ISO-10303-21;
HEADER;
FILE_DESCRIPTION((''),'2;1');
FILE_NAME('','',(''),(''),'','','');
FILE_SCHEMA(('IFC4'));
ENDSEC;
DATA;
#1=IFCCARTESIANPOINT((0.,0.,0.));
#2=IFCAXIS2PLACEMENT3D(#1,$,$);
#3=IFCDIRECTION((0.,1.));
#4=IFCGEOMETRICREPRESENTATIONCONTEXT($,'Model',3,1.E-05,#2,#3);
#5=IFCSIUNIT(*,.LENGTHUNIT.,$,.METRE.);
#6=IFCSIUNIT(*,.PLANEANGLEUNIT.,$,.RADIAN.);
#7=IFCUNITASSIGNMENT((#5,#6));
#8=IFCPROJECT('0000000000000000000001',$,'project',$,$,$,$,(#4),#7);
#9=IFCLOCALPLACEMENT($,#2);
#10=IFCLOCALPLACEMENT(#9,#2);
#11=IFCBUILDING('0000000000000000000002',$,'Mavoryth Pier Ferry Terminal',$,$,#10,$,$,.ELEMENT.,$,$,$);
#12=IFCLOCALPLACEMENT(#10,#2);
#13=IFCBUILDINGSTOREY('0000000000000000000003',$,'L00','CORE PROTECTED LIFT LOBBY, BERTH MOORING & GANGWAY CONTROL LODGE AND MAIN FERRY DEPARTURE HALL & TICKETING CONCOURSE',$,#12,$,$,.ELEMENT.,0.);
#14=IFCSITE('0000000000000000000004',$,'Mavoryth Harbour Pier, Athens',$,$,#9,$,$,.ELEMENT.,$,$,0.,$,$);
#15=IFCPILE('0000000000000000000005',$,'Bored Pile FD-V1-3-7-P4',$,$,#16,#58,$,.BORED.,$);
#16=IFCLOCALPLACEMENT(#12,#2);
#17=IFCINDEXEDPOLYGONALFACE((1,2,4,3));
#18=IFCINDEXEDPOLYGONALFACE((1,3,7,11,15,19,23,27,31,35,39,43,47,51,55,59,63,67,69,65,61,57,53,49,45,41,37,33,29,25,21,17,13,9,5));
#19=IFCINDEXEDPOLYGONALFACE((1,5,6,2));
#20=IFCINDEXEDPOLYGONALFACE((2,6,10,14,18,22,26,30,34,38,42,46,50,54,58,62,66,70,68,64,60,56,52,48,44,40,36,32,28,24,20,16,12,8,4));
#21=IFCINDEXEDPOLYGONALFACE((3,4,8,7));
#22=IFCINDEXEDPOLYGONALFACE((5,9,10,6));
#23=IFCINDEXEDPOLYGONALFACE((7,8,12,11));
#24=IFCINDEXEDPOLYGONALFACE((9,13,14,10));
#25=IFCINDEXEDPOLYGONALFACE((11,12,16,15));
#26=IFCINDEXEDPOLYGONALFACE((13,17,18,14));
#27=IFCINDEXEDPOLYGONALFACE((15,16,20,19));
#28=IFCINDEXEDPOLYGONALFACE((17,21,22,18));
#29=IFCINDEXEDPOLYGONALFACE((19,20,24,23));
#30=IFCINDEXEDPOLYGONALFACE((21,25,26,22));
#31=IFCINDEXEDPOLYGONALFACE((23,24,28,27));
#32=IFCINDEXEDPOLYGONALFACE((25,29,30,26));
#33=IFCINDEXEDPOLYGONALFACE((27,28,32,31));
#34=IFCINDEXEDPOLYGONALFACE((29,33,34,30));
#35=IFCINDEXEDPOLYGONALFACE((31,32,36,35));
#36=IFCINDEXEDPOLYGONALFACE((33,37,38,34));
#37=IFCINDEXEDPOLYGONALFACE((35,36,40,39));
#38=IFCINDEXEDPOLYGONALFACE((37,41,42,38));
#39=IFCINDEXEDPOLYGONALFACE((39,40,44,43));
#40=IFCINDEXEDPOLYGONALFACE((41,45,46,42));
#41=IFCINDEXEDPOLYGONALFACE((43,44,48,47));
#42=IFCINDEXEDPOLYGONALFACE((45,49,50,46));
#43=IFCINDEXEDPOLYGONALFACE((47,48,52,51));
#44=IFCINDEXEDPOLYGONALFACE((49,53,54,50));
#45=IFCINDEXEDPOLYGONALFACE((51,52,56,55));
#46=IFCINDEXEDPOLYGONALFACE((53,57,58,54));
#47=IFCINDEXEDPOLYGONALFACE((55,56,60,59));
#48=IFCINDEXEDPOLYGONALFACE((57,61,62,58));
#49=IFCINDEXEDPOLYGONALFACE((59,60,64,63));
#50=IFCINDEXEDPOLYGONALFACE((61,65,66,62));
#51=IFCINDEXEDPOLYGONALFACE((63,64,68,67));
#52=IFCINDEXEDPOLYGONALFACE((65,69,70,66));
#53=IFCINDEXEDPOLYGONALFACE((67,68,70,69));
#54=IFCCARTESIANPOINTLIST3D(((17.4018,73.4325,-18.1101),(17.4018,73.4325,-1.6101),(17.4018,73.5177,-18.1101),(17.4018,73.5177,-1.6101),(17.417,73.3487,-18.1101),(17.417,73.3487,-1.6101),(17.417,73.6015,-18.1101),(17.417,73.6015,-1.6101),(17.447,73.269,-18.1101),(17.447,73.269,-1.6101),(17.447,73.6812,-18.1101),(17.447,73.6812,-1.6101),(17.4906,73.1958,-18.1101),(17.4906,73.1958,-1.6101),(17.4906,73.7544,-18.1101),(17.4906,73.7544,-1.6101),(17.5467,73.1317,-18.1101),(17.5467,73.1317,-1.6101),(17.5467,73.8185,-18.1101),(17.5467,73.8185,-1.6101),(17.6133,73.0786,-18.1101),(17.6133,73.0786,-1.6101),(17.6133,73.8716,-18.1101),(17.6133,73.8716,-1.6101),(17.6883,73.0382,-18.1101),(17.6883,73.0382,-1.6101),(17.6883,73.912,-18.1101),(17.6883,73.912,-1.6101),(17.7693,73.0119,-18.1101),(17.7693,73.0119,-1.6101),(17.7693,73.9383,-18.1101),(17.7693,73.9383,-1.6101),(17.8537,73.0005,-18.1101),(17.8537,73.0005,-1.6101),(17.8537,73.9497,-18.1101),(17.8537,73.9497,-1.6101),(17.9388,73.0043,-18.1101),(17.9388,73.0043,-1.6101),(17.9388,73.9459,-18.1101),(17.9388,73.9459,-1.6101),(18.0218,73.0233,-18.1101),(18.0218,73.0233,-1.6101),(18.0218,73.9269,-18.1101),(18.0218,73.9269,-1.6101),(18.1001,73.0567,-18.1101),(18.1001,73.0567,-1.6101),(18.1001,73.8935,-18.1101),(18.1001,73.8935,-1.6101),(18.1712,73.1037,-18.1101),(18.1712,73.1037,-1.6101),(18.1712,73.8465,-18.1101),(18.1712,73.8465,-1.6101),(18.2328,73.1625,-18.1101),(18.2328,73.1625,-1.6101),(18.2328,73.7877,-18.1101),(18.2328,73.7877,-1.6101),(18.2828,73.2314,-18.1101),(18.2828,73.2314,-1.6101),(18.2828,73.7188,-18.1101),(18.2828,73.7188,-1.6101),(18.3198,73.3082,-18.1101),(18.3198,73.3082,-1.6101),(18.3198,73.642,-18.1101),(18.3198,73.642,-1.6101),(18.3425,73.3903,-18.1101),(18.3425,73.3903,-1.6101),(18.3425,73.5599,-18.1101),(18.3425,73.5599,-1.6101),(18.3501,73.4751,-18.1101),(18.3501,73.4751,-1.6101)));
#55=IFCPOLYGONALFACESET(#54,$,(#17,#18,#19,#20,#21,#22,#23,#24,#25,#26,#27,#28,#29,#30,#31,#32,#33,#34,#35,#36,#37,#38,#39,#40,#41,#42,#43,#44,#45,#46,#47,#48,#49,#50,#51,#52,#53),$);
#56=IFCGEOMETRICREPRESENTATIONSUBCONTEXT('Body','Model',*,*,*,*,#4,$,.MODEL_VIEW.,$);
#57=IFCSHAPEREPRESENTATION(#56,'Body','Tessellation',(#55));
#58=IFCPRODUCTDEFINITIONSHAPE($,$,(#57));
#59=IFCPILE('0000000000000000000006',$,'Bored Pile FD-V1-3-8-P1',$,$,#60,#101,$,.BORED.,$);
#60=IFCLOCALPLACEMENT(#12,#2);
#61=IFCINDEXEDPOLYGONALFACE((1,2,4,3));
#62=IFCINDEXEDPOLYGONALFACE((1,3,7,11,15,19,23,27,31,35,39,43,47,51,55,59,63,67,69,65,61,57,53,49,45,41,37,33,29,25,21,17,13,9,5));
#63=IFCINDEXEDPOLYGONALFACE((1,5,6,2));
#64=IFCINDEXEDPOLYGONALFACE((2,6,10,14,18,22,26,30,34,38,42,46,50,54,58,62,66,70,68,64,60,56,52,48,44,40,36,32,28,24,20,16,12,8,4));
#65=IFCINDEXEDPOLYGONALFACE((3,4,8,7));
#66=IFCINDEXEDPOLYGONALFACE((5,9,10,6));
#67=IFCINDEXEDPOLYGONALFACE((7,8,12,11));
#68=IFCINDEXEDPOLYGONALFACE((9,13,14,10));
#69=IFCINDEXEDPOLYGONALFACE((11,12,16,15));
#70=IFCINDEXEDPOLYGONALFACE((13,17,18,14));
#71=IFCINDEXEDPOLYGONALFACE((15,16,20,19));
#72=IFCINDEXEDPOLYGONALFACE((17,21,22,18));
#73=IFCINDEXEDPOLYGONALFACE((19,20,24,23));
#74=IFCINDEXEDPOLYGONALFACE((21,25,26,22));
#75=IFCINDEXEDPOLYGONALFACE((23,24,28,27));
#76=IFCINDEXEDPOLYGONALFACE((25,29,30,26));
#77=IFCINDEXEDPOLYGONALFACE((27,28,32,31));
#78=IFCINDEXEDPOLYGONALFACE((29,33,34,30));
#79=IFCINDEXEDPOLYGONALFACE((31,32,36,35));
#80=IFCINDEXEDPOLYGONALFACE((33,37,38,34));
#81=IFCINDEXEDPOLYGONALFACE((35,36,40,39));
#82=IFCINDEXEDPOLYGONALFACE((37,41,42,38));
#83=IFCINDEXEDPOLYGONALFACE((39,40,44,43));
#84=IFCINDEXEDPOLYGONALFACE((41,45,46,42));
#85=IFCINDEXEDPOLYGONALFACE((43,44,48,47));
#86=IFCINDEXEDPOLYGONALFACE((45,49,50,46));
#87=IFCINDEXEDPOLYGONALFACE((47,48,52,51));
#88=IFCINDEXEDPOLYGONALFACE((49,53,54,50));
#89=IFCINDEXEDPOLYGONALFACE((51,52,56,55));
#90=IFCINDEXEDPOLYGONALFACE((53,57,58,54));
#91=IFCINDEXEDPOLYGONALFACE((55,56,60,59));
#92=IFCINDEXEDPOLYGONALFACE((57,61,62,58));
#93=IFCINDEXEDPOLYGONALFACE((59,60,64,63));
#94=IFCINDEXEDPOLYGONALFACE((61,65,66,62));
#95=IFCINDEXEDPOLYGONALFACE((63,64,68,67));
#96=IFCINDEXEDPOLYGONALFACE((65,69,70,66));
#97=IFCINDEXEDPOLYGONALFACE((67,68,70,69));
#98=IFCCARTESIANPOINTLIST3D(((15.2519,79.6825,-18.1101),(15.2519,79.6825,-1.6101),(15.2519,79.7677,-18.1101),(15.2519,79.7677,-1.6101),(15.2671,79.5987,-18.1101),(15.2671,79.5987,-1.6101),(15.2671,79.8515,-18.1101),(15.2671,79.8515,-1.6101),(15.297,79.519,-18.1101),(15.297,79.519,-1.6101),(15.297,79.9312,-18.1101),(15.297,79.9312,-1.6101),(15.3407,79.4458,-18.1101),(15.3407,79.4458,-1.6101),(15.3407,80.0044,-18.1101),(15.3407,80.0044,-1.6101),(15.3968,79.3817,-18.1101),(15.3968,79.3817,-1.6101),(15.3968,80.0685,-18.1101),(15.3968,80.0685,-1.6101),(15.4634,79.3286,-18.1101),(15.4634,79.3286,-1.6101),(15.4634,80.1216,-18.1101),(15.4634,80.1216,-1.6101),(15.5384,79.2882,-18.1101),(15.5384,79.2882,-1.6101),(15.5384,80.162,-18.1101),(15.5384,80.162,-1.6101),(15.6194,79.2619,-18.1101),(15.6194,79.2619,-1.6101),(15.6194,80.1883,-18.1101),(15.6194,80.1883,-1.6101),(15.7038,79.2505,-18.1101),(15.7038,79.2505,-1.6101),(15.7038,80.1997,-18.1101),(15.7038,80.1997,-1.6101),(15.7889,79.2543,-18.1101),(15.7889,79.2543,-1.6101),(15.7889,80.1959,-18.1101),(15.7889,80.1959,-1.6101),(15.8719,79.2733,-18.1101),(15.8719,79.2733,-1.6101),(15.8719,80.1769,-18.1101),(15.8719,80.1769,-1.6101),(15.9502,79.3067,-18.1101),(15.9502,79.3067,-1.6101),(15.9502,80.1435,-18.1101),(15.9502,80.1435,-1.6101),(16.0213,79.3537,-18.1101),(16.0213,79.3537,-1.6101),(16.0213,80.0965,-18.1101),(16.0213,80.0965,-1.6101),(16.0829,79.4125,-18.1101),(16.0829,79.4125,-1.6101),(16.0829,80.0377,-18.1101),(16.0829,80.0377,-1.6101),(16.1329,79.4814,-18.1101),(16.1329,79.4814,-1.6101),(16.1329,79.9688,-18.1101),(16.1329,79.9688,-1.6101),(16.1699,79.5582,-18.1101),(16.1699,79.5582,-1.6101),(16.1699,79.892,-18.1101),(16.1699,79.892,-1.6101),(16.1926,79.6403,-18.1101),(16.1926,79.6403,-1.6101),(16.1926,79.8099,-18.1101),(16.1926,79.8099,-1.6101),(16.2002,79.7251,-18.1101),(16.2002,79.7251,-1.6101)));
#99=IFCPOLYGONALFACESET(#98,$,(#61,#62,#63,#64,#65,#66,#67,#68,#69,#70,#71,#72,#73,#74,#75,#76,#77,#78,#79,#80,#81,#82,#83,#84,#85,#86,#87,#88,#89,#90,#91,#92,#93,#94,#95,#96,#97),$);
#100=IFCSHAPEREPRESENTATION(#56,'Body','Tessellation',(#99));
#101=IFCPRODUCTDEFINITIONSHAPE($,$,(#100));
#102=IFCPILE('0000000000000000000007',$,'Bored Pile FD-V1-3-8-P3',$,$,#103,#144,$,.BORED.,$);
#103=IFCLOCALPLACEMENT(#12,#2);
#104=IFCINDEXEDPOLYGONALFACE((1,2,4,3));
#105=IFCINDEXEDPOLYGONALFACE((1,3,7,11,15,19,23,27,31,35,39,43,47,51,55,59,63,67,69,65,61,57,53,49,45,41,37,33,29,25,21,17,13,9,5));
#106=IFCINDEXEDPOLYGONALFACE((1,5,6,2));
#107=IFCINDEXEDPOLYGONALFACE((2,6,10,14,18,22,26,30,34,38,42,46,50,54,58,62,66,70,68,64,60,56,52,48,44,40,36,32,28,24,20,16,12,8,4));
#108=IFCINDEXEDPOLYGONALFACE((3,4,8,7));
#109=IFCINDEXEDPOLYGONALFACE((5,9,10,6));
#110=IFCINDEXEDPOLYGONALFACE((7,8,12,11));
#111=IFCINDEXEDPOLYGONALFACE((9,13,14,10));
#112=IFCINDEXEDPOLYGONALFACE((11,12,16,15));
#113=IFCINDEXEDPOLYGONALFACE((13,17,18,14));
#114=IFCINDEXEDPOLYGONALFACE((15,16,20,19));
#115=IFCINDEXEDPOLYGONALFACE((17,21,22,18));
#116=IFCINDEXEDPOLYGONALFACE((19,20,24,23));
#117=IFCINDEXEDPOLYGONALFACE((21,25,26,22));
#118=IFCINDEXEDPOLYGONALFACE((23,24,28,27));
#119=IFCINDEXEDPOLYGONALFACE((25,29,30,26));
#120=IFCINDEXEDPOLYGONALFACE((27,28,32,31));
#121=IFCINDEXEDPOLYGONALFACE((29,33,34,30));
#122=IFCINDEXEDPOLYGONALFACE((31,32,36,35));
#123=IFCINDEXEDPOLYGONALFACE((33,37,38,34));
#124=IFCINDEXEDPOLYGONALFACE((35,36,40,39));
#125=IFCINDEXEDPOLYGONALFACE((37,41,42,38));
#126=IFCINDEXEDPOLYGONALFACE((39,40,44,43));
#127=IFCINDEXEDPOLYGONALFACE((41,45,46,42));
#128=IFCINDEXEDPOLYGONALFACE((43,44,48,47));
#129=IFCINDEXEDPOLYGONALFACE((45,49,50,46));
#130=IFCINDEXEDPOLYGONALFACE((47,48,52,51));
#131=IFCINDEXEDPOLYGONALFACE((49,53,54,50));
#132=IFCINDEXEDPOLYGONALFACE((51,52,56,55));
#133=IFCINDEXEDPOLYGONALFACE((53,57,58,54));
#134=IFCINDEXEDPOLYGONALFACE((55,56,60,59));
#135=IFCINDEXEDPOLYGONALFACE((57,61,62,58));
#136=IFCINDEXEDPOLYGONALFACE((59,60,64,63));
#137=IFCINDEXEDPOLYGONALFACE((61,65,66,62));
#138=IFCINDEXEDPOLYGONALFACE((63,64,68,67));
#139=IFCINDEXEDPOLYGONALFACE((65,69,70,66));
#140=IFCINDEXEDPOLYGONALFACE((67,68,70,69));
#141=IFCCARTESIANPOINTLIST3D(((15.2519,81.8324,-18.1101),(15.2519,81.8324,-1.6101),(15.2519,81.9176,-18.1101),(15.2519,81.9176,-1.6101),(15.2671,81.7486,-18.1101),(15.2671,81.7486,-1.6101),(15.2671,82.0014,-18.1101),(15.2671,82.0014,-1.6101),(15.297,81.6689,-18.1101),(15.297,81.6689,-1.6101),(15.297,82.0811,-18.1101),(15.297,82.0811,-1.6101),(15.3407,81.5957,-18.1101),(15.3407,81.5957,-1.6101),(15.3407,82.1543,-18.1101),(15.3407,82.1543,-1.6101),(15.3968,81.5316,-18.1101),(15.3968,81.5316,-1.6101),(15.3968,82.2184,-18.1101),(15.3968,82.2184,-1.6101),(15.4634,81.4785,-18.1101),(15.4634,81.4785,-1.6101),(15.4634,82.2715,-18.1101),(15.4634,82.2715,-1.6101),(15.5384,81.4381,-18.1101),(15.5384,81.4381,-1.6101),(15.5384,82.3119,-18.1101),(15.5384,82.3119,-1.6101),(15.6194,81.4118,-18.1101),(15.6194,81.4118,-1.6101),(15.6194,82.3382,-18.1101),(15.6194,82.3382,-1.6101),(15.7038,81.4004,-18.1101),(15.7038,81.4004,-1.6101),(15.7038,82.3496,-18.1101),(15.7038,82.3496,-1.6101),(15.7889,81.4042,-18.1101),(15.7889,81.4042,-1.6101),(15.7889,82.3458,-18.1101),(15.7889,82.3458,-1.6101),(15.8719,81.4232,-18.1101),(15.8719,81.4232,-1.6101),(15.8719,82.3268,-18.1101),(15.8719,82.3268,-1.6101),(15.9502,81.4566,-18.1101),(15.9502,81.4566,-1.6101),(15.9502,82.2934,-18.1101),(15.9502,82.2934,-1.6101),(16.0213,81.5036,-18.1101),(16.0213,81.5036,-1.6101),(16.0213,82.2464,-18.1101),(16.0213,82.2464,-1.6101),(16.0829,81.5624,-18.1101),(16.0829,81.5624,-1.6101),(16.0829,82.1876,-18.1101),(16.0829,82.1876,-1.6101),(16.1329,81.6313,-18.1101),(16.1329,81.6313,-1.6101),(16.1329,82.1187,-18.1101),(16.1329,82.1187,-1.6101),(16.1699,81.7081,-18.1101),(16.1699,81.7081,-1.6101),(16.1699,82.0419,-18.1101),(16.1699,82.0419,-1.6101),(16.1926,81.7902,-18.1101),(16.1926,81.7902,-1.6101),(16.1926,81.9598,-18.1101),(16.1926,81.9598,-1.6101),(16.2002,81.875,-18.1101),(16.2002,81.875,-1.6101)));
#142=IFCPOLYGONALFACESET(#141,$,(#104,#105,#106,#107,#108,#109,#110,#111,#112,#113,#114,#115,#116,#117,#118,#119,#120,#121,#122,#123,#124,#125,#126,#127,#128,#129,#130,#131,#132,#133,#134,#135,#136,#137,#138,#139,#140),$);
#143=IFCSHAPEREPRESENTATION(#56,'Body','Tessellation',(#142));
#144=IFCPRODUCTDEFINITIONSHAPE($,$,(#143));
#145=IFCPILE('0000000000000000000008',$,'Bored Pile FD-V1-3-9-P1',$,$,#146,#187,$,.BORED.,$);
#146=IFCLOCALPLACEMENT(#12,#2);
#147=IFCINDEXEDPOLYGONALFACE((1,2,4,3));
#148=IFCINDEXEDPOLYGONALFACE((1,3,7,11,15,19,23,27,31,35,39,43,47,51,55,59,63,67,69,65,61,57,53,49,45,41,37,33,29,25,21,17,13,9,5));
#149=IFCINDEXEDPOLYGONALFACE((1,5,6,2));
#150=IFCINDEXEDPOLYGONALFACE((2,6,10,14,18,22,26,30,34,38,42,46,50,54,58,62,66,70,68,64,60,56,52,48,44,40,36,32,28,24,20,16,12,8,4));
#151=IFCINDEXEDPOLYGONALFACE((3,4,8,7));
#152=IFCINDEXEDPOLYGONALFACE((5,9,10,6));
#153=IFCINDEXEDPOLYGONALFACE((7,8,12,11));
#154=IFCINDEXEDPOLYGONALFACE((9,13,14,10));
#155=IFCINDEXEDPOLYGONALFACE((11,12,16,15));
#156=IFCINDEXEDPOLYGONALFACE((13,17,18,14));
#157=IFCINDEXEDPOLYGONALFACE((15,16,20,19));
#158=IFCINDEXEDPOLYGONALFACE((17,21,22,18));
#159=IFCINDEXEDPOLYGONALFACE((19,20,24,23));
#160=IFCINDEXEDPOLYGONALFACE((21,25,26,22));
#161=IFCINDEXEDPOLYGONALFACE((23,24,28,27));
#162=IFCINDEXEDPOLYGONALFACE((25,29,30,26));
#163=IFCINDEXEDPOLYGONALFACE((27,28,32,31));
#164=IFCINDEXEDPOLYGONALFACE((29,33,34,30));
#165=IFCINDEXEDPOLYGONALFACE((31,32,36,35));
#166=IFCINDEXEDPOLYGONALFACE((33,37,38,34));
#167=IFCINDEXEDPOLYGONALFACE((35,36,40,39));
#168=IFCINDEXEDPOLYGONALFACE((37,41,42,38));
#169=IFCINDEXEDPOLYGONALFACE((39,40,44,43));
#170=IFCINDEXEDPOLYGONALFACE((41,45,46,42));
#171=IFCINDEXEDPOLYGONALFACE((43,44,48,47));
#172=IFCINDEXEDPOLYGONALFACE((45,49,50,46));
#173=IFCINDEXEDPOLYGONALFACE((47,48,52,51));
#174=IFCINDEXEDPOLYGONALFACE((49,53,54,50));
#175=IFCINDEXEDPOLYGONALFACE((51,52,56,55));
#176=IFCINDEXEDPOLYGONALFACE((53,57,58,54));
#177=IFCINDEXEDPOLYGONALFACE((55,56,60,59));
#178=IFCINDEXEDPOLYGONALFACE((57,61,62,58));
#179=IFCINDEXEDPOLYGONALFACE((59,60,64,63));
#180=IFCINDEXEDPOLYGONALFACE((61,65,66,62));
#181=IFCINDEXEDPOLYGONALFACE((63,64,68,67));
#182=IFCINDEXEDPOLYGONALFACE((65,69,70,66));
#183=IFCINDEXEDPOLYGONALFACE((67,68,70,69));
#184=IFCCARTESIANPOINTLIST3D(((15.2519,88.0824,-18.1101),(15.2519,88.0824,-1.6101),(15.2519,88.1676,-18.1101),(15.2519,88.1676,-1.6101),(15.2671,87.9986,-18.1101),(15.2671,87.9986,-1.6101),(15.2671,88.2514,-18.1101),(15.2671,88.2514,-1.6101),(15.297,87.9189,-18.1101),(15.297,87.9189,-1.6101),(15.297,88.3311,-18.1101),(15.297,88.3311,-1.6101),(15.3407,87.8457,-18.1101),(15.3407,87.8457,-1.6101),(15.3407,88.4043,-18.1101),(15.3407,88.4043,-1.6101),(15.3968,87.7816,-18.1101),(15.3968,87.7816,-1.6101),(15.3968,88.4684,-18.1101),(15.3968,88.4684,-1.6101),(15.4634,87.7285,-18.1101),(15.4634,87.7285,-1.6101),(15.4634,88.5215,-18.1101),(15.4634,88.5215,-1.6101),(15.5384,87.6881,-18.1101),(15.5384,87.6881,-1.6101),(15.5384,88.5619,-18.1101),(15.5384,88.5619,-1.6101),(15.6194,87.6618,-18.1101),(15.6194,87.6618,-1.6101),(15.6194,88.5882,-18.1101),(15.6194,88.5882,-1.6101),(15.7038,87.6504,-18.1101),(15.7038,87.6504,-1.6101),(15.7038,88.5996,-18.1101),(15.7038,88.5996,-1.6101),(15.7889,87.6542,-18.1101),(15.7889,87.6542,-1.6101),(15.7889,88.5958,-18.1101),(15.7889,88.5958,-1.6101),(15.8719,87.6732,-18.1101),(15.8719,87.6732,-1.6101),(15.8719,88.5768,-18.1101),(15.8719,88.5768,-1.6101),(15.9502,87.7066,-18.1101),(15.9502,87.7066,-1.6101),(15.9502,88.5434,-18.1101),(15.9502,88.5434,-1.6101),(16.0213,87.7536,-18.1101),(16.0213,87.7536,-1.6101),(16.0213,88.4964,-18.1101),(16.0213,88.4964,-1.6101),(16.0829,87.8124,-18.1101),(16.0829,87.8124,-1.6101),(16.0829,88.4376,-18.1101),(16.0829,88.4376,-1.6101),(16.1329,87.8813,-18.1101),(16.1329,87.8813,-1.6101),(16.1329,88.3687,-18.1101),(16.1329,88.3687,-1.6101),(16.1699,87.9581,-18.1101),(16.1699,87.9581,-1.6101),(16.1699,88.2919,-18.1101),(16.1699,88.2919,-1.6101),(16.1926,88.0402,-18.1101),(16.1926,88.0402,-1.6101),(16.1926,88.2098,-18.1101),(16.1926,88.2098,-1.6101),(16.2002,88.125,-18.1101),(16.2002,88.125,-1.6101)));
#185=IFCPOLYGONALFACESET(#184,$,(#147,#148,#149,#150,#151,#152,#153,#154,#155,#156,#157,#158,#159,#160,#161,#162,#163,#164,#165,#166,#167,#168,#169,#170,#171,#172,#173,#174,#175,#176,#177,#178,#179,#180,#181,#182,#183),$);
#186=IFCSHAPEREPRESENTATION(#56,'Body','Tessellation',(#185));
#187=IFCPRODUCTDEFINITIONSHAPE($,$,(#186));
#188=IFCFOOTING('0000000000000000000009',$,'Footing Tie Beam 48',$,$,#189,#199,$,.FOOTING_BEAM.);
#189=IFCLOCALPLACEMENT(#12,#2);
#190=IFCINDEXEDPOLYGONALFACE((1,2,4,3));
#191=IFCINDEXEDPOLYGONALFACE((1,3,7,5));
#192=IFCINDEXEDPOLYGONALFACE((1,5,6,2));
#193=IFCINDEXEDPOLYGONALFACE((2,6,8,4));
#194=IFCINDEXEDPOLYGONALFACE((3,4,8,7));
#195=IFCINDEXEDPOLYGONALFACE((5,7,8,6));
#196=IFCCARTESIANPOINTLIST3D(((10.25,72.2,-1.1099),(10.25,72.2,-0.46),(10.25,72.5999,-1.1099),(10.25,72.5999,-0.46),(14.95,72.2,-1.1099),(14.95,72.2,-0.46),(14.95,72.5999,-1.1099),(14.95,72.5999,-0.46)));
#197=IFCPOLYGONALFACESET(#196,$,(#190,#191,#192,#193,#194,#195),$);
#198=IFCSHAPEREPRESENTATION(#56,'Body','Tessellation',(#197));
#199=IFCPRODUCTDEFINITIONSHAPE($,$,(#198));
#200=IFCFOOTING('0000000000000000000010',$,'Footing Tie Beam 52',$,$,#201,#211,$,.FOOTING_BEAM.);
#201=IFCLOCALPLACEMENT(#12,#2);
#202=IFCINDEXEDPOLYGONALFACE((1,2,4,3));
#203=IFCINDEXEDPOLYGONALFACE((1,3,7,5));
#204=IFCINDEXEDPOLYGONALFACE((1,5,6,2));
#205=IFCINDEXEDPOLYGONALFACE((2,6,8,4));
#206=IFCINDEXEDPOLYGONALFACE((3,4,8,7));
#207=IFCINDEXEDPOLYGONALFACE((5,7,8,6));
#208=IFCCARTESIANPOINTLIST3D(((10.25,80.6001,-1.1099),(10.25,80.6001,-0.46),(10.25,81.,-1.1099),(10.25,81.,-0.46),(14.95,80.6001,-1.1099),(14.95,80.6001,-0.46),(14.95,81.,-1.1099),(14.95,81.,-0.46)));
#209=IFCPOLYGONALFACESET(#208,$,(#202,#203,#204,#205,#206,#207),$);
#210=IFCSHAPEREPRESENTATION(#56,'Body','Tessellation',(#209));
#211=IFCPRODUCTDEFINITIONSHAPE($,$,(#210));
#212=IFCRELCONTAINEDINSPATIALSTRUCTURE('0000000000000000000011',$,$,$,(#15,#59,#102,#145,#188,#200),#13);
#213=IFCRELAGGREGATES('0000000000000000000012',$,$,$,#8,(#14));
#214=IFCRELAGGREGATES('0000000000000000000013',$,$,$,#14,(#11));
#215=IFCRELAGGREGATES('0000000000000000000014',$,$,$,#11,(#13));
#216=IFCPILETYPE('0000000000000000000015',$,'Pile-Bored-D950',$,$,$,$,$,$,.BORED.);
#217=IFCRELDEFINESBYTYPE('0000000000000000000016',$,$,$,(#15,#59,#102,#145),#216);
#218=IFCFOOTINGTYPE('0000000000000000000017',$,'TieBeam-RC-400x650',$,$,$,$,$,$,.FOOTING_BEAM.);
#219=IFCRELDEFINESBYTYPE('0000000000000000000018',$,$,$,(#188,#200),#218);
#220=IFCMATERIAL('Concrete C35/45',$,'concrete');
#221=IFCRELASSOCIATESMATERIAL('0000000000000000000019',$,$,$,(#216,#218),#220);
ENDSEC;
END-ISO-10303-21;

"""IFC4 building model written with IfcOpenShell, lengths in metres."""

from ifc_helpers import new_model, si_unit, direction, frame, origin, origin_2d, place, context, subcontext, project, spatial, rectangle, circle, extrude, material, material_profile, profile_set, type_object, element, save


model = new_model("IFC4")

# Units and contexts
model_context = context("Model", 3, precision=1e-05, world=origin(), true_north=direction((0.0, 1.0)))
body_context = subcontext(model_context, "Body", "Model", "MODEL_VIEW")
ifc_project = project(units=[si_unit("LENGTHUNIT", "METRE"), si_unit("PLANEANGLEUNIT", "RADIAN")], contexts=[model_context])

# Site, building, storey
site_placement = place(None, origin())
site = spatial("IfcSite", under=ifc_project, at=site_placement, Name="Mavoryth Harbour Pier, Athens", CompositionType="ELEMENT", RefElevation=0.0)
building_placement = place(site_placement, origin())
building = spatial("IfcBuilding", under=site, at=building_placement, Name="Mavoryth Pier Ferry Terminal", CompositionType="ELEMENT")
storey_placement = place(building_placement, origin())
storey = spatial("IfcBuildingStorey", under=building, at=storey_placement, Name="L00", Description="CORE PROTECTED LIFT LOBBY, BERTH MOORING & GANGWAY CONTROL LODGE AND MAIN FERRY DEPARTURE HALL & TICKETING CONCOURSE", CompositionType="ELEMENT", Elevation=0.0)

# Shared definitions
ifc_material_1 = material(Name="Concrete C35/45", Category="concrete")

# Piles
ifc_material_profile_1 = material_profile(ifc_material_1, circle(Radius=0.4751, at=origin_2d()), Name="PILE D950", Category="concrete")
ifc_profile_set_1 = profile_set([ifc_material_profile_1], Name="Concrete C35/45 - PILE D950")
pile_type = type_object("IfcPileType", Name="Pile-Bored-D950", PredefinedType="BORED", material=ifc_profile_set_1)
for number, where, z_axis, x_axis, name in (
    (1, (17.875, 73.4751, -1.6101), (0.0, 0.0, -1.0), (1.0, 0.0, 0.0), "Bored Pile FD-V1-3-7-P4"),
    (2, (15.7251, 79.7251, -1.6101), (0.0, 0.0, -1.0), (1.0, 0.0, 0.0), "Bored Pile FD-V1-3-8-P1"),
    (3, (15.7251, 81.875, -1.6101), (0.0, 0.0, -1.0), (1.0, 0.0, 0.0), "Bored Pile FD-V1-3-8-P3"),
    (4, (15.7251, 88.125, -1.6101), (0.0, 0.0, -1.0), (1.0, 0.0, 0.0), "Bored Pile FD-V1-3-9-P1"),
):
    element("IfcPile", number, at=place(storey_placement, frame(where, z_axis=z_axis, x_axis=x_axis)), inside=storey, type_object=pile_type, Name=name, PredefinedType="BORED", context=body_context, shape_type="SweptSolid", body=[
        extrude(circle(Radius=0.4751, at=origin_2d()), origin(), (0.0, 0.0, 1.0), 16.5),
    ])

# Footings
ifc_material_profile_2 = material_profile(ifc_material_1, rectangle(XDim=0.3999, YDim=0.6499, at=origin_2d()), Name="RC 400x650", Category="concrete")
ifc_profile_set_2 = profile_set([ifc_material_profile_2], Name="Concrete C35/45 - RC 400x650")
footing_type_1 = type_object("IfcFootingType", Name="TieBeam-RC-400x650", PredefinedType="FOOTING_BEAM", material=ifc_profile_set_2)
for number, where, z_axis, x_axis, name in (
    (5, (10.25, 72.3999, -0.7849), (1.0, 0.0, 0.0), (0.0, 1.0, 0.0), "Footing Tie Beam 48"),
    (6, (10.25, 80.8, -0.7849), (1.0, 0.0, 0.0), (0.0, 1.0, 0.0), "Footing Tie Beam 52"),
):
    element("IfcFooting", number, at=place(storey_placement, frame(where, z_axis=z_axis, x_axis=x_axis)), inside=storey, type_object=footing_type_1, Name=name, PredefinedType="FOOTING_BEAM", context=body_context, shape_type="SweptSolid", body=[
        extrude(rectangle(XDim=0.3999, YDim=0.6499, at=origin_2d()), origin(), (0.0, 0.0, 1.0), 4.7),
    ])

save(model, "model.ifc")
